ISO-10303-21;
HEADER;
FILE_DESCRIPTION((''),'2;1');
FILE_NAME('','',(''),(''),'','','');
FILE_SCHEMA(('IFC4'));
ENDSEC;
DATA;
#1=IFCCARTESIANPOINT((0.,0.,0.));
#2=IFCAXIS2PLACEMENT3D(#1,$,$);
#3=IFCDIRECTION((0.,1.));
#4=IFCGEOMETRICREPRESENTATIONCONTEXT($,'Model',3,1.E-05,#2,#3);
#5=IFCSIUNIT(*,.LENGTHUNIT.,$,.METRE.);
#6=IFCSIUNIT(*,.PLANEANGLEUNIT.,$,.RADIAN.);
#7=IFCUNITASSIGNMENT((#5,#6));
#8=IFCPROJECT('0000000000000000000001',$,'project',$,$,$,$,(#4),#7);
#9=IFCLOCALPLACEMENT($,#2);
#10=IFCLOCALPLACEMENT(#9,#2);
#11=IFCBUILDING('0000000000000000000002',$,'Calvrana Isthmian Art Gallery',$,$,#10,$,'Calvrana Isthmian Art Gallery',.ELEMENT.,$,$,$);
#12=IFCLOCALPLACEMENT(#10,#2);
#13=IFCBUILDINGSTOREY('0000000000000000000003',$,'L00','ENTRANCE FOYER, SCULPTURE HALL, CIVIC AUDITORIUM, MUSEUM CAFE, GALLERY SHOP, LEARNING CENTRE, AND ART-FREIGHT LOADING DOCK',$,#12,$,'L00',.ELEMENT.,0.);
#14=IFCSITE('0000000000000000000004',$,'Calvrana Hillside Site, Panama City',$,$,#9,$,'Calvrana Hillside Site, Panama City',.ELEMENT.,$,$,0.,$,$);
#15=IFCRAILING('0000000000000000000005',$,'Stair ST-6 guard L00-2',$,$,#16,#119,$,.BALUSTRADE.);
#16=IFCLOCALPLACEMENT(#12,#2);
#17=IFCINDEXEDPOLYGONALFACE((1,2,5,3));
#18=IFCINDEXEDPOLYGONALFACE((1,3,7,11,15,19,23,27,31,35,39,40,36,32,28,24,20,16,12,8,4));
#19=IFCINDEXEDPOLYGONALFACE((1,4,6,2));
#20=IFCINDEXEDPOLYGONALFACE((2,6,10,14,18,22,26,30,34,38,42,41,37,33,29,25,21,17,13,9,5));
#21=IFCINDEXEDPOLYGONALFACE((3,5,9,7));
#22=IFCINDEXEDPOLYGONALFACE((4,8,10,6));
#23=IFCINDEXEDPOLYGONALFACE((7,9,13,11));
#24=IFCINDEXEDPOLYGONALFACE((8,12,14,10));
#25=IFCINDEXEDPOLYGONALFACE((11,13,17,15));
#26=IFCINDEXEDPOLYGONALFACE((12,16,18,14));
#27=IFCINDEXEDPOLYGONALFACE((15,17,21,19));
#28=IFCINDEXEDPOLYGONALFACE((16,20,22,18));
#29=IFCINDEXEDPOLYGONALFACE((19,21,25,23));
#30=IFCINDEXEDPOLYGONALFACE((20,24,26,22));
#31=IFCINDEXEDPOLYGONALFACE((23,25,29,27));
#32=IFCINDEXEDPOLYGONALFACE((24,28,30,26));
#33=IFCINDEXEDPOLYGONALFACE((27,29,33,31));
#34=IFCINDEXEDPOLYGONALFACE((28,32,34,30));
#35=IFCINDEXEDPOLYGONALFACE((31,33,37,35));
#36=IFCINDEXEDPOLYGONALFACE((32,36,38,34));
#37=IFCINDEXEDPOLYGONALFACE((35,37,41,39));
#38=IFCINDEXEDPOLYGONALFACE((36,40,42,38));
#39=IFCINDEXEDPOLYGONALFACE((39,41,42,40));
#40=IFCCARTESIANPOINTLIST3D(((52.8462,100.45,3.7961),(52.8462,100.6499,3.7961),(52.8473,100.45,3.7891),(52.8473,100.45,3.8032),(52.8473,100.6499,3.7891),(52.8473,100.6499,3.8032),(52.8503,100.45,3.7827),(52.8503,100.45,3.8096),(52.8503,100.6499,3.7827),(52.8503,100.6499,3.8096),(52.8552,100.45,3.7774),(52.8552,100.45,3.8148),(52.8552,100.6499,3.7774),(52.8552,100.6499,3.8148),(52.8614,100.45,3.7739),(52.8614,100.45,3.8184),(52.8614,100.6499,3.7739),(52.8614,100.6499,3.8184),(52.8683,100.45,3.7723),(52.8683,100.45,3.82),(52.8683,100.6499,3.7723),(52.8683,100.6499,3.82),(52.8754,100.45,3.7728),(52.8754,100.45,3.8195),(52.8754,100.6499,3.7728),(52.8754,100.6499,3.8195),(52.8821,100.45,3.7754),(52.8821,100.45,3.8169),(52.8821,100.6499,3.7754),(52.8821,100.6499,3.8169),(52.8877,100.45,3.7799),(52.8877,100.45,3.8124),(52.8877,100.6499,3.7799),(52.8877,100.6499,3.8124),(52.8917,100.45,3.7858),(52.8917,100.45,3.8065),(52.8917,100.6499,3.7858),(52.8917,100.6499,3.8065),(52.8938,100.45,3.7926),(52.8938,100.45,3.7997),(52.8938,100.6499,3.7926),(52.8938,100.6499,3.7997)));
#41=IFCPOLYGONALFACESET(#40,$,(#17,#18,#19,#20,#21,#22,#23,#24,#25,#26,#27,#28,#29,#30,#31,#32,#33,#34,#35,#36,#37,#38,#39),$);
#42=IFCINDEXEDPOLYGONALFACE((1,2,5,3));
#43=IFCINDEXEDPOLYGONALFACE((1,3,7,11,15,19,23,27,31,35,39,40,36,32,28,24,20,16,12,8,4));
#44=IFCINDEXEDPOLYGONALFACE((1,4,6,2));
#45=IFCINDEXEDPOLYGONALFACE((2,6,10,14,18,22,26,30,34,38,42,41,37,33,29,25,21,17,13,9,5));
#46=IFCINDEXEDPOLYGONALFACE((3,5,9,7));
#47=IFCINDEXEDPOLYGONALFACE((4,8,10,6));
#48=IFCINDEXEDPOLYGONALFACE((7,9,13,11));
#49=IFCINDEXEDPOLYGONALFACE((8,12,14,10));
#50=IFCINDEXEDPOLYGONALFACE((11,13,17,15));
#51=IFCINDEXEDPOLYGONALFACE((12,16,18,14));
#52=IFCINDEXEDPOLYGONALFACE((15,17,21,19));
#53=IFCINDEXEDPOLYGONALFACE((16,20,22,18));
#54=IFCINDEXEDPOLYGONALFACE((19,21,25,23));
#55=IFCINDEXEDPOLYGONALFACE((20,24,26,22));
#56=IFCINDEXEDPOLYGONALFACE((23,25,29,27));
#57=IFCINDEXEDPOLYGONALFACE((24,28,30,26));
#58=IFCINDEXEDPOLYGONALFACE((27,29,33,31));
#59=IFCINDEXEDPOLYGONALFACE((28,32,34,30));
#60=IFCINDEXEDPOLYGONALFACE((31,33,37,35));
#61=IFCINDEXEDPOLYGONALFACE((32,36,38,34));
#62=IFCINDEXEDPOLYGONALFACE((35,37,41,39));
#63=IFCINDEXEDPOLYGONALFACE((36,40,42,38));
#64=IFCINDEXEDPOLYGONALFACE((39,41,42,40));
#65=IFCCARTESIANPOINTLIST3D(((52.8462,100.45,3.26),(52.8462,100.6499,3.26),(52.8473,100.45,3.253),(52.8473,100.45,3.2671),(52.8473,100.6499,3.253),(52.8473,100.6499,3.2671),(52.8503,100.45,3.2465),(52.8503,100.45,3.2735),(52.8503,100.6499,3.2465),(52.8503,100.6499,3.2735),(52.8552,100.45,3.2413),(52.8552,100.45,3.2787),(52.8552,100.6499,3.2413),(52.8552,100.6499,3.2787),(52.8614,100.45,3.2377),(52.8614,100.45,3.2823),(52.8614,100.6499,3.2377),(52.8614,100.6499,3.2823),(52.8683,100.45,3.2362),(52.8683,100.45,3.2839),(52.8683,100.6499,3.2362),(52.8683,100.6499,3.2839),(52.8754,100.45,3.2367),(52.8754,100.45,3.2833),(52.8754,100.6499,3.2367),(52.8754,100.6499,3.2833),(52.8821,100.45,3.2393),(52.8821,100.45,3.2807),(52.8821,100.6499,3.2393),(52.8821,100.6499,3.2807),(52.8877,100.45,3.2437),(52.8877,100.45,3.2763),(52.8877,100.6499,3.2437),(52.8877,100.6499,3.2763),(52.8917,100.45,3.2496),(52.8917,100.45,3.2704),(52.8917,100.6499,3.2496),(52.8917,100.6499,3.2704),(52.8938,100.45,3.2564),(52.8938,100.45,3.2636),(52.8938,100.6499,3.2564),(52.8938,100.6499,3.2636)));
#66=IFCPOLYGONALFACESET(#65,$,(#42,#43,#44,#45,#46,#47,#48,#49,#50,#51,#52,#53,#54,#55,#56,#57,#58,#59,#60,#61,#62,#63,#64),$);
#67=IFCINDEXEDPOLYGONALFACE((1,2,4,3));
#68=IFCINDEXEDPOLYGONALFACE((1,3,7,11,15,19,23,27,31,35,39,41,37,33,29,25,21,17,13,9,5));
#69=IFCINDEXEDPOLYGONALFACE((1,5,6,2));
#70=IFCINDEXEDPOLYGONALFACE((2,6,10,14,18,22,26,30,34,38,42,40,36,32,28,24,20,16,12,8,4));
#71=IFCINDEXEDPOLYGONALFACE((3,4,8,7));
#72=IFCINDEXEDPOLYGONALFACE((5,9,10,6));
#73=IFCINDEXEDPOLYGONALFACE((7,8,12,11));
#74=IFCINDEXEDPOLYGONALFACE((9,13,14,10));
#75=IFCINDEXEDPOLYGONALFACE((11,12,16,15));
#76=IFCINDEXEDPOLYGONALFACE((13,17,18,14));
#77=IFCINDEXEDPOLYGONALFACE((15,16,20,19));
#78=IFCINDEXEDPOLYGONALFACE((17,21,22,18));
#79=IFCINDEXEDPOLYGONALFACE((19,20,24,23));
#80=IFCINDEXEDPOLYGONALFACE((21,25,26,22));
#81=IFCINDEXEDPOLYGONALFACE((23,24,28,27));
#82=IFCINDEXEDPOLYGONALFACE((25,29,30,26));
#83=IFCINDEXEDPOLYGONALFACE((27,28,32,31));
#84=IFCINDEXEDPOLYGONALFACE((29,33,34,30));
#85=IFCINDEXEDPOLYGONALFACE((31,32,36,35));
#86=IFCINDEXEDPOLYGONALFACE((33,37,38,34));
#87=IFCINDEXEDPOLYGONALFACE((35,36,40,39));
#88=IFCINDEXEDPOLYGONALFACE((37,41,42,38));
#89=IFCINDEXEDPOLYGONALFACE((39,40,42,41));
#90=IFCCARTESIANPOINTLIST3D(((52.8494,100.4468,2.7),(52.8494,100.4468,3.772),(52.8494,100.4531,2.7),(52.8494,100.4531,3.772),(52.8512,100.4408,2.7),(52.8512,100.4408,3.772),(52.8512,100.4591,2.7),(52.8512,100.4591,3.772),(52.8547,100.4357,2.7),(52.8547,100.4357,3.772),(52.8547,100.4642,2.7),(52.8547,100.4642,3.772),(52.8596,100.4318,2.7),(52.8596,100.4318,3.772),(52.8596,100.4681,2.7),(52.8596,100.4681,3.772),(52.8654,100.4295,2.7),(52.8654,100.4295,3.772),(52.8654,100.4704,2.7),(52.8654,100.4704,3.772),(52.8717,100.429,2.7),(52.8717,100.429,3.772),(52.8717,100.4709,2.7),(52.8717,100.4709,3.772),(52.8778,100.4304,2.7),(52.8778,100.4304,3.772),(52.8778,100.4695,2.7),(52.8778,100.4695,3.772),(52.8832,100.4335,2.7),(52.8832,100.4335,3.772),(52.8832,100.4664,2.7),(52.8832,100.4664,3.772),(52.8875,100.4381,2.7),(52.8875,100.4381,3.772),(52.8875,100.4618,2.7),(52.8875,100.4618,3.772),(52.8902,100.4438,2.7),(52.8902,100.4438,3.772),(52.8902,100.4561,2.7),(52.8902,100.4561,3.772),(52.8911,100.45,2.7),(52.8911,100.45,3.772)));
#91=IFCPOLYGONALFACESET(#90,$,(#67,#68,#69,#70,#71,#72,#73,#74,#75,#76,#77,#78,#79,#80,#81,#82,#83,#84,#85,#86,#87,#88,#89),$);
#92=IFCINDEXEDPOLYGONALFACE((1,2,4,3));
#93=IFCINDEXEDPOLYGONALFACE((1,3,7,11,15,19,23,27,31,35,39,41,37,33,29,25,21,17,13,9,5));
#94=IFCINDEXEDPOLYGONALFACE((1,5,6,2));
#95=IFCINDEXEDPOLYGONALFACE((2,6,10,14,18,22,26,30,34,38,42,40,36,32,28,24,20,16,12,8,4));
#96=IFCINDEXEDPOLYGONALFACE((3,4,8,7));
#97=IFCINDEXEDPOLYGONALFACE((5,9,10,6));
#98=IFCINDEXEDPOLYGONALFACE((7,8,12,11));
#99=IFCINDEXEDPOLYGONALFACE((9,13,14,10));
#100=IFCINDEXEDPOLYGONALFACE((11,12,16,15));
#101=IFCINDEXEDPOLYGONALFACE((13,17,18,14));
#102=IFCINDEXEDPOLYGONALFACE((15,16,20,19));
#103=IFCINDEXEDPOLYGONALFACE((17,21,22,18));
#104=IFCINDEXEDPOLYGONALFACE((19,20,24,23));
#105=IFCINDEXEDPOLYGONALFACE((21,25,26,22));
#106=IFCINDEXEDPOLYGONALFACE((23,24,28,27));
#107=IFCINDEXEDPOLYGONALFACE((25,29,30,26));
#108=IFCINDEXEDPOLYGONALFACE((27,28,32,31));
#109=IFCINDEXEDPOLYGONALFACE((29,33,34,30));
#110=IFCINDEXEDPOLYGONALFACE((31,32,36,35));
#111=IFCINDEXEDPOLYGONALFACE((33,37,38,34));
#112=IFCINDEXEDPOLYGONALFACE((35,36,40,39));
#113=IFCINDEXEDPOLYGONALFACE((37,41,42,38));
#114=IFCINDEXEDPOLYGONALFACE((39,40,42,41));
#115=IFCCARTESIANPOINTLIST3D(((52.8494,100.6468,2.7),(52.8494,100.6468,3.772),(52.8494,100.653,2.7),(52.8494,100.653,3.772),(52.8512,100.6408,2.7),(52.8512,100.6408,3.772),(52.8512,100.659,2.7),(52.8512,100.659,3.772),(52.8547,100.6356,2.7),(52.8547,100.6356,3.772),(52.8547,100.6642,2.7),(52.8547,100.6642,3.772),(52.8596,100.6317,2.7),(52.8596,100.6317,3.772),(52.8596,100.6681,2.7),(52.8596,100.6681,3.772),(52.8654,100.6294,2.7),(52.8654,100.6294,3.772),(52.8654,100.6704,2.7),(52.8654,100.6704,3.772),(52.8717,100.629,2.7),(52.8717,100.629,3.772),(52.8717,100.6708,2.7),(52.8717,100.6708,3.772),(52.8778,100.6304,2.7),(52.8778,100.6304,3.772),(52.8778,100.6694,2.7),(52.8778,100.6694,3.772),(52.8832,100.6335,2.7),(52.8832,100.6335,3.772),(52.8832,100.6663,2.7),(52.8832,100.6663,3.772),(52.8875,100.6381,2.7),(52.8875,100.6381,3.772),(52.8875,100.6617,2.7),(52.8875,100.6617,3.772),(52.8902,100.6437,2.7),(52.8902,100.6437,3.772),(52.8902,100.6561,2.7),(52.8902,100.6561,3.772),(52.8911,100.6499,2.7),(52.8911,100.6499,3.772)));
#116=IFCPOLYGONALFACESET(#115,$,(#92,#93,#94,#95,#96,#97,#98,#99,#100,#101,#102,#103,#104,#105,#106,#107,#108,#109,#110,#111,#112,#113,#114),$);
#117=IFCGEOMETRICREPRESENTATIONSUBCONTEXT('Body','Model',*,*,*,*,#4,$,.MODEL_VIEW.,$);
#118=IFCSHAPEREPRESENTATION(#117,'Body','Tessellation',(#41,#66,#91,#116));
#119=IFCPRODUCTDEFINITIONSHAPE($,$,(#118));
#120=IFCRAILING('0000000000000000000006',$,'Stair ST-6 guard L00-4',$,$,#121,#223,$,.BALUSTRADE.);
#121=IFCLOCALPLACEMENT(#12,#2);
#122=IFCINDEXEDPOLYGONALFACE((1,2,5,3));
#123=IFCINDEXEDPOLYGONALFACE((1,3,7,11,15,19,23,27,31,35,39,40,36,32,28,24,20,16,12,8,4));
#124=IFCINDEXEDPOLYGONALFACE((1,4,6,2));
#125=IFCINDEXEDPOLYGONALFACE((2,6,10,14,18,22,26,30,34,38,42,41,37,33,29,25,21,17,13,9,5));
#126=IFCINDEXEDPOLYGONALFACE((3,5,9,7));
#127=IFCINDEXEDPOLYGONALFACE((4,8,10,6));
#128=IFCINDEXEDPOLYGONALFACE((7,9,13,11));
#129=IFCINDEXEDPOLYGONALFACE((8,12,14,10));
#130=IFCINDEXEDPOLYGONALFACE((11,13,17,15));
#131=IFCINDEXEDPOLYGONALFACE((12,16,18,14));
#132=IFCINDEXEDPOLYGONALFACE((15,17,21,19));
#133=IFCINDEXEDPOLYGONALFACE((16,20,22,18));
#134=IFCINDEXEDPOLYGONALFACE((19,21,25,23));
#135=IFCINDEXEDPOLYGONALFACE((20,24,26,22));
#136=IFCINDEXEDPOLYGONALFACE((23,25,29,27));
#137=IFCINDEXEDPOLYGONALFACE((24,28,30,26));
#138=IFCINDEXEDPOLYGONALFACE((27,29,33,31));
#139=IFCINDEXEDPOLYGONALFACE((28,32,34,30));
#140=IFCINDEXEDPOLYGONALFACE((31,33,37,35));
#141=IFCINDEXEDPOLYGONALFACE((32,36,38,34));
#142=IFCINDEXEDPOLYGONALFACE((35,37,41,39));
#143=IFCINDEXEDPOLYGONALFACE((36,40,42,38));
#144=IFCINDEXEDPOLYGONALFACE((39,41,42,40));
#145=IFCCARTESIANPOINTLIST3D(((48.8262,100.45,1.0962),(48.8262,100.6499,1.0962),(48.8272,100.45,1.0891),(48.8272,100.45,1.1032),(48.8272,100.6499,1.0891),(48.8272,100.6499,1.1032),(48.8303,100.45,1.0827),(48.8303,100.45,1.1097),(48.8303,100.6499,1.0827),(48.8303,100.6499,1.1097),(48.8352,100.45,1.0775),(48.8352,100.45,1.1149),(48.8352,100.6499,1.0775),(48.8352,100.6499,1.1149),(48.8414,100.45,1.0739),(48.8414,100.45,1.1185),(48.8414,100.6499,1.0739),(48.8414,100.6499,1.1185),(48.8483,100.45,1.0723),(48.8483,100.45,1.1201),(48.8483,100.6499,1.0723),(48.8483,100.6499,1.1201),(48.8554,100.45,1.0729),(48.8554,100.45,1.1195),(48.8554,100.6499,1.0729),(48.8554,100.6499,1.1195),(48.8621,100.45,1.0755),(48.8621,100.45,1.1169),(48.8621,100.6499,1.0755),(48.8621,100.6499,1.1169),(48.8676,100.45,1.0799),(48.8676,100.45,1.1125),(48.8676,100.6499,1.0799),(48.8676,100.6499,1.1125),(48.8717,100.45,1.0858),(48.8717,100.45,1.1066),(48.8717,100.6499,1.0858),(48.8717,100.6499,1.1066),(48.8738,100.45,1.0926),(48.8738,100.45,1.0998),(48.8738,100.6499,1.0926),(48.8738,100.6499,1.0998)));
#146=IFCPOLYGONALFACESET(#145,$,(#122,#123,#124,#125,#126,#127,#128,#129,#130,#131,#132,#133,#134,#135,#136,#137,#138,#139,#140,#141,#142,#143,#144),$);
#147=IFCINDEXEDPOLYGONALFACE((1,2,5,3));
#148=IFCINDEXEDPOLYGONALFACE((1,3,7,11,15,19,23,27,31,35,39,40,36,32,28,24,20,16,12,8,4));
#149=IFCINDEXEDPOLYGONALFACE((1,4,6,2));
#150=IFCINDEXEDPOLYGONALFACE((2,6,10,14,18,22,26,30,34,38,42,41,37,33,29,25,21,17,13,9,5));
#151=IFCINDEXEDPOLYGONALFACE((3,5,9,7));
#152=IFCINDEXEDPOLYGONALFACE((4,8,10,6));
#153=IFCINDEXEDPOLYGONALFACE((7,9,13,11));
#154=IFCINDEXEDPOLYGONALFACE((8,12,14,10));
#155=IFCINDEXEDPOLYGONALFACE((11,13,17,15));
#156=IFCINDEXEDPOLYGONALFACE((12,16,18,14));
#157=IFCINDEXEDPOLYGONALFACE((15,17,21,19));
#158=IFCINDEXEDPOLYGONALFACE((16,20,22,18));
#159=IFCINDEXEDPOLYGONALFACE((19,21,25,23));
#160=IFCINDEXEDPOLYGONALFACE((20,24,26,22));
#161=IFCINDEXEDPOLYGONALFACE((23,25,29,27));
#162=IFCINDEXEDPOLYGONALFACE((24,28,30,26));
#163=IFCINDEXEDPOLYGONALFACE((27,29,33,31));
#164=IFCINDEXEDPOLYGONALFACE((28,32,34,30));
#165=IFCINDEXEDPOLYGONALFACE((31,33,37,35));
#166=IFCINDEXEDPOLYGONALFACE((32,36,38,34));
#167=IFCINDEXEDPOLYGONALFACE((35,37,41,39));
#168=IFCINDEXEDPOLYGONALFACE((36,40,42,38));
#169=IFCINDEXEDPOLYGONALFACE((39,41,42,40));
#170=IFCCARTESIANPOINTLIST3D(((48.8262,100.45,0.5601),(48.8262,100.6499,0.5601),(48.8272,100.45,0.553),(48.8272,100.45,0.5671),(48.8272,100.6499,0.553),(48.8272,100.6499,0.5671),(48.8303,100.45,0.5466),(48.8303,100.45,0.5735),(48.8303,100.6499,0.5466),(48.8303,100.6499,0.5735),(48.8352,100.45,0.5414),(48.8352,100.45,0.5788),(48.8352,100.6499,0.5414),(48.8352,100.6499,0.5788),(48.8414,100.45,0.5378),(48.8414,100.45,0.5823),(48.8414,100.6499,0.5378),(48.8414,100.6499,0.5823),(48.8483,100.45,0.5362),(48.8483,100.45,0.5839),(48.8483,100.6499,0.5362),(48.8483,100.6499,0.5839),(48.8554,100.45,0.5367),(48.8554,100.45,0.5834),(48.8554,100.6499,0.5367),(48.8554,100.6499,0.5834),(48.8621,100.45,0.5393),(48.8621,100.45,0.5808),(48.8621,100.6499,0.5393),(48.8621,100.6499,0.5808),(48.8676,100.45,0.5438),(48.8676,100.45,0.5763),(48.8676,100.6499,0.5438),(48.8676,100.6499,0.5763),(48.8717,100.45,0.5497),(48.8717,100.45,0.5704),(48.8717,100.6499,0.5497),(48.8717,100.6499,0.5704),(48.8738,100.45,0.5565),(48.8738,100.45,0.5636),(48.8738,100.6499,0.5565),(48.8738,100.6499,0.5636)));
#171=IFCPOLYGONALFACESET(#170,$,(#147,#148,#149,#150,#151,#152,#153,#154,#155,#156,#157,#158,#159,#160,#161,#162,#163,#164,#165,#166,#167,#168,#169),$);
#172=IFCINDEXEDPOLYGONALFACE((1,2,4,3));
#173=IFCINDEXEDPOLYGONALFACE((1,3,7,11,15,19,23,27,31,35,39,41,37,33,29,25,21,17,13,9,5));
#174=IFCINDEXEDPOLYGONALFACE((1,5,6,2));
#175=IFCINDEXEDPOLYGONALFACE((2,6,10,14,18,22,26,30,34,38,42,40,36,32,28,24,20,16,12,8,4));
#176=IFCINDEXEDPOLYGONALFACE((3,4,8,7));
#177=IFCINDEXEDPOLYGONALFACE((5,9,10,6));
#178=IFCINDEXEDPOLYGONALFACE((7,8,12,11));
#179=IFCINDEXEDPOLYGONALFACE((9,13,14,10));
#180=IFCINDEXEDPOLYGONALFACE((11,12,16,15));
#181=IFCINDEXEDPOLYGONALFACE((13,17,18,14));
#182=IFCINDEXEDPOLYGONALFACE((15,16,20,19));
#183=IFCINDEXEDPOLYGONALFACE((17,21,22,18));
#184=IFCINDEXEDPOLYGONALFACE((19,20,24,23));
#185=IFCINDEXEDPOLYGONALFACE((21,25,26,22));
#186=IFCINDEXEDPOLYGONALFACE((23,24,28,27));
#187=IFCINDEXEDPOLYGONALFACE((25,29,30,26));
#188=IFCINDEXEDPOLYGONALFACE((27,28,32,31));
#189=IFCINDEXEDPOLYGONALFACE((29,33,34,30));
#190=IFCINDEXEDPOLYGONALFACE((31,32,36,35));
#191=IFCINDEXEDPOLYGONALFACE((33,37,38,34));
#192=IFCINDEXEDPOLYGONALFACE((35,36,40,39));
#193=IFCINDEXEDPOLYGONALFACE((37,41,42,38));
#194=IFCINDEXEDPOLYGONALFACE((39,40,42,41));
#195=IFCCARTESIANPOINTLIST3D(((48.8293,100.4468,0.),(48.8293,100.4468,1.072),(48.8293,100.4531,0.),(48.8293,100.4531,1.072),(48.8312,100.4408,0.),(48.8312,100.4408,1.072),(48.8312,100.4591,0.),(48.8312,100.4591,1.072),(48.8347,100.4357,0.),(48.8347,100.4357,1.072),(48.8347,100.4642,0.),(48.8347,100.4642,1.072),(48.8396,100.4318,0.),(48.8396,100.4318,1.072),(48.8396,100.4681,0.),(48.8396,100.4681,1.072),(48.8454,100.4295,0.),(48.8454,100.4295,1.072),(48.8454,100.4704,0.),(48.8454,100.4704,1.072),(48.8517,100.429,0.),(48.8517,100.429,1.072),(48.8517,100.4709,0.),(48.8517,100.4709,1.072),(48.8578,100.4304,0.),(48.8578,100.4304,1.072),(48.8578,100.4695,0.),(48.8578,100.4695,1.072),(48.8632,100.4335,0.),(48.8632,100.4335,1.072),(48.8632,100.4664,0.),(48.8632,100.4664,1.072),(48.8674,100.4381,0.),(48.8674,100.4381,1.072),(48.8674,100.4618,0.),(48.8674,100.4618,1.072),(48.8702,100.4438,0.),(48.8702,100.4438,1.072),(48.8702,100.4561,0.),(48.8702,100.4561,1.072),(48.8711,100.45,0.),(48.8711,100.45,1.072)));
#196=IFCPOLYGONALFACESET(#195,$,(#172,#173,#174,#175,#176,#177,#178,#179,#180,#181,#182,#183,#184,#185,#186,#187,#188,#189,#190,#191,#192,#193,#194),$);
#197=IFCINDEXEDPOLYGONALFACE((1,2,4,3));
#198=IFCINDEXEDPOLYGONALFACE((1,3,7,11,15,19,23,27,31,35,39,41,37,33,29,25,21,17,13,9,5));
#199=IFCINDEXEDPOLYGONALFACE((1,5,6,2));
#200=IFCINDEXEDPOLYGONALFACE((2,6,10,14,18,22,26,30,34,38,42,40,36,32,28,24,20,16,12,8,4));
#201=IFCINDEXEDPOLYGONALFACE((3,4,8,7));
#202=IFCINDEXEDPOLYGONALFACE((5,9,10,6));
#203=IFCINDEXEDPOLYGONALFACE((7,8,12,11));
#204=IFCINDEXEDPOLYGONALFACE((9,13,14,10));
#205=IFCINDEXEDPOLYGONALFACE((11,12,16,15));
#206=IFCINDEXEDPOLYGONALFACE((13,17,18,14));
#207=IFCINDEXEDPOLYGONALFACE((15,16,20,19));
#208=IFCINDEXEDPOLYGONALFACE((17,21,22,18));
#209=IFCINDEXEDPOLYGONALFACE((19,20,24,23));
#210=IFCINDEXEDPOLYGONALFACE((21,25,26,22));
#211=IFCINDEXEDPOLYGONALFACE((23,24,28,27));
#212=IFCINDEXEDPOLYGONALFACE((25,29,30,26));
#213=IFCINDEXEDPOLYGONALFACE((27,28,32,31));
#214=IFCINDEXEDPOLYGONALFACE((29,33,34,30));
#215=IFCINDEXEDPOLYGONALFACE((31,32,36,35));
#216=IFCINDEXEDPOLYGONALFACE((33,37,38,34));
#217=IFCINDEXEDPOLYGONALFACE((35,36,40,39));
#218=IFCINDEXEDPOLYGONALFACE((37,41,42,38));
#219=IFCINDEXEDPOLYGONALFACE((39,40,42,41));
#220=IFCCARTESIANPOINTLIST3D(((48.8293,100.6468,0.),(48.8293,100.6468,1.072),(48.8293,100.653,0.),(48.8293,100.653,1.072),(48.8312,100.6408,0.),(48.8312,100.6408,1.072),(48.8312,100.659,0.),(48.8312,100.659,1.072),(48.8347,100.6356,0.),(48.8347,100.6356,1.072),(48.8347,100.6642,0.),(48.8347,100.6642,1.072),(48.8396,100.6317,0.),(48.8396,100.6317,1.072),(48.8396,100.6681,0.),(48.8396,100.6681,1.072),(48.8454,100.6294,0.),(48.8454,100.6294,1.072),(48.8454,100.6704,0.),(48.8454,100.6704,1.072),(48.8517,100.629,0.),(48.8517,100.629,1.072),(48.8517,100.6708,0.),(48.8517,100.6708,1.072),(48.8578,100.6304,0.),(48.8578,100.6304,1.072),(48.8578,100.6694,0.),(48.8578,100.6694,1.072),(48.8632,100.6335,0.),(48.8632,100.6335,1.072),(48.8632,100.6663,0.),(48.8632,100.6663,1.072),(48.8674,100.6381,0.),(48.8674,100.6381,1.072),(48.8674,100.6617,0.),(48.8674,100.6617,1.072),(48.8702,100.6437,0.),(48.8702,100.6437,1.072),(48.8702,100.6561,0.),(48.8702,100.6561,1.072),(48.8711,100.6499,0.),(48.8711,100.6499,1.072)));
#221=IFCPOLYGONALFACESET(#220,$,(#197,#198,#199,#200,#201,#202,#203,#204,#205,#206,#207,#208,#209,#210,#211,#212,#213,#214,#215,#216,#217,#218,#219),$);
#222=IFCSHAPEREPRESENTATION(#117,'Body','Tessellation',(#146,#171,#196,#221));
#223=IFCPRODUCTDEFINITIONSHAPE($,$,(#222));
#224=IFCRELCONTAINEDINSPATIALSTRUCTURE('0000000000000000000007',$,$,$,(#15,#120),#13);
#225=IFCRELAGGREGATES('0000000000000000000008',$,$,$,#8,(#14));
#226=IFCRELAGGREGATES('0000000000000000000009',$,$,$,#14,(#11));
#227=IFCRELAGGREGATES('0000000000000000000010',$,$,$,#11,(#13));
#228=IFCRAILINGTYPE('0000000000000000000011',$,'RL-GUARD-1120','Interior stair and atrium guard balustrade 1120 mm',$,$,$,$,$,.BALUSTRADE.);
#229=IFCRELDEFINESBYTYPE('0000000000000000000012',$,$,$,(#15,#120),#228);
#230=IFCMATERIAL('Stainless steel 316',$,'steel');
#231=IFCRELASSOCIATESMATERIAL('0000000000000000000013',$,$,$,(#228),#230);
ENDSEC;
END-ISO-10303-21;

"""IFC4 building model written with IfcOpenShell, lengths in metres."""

from ifc_helpers import new_model, si_unit, direction, frame, origin, origin_2d, place, context, subcontext, project, spatial, circle, extrude, material, type_object, element, save


model = new_model("IFC4")

# Units and contexts
model_context = context("Model", 3, precision=1e-05, world=origin(), true_north=direction((0.0, 1.0)))
body_context = subcontext(model_context, "Body", "Model", "MODEL_VIEW")
ifc_project = project(units=[si_unit("LENGTHUNIT", "METRE"), si_unit("PLANEANGLEUNIT", "RADIAN")], contexts=[model_context])

# Site, building, storey
site_placement = place(None, origin())
site = spatial("IfcSite", under=ifc_project, at=site_placement, Name="Calvrana Hillside Site, Panama City", LongName="Calvrana Hillside Site, Panama City", CompositionType="ELEMENT", RefElevation=0.0)
building_placement = place(site_placement, origin())
building = spatial("IfcBuilding", under=site, at=building_placement, Name="Calvrana Isthmian Art Gallery", LongName="Calvrana Isthmian Art Gallery", CompositionType="ELEMENT")
storey_placement = place(building_placement, origin())
storey = spatial("IfcBuildingStorey", under=building, at=storey_placement, Name="L00", Description="ENTRANCE FOYER, SCULPTURE HALL, CIVIC AUDITORIUM, MUSEUM CAFE, GALLERY SHOP, LEARNING CENTRE, AND ART-FREIGHT LOADING DOCK", LongName="L00", CompositionType="ELEMENT", Elevation=0.0)

# Railings
ifc_material_1 = material(Name="Stainless steel 316", Category="steel")
railing_type_1 = type_object("IfcRailingType", Name="RL-GUARD-1120", Description="Interior stair and atrium guard balustrade 1120 mm", PredefinedType="BALUSTRADE", material=ifc_material_1)
for number, where, name in (
    (1, (52.8701, 100.45, 2.7), "Stair ST-6 guard L00-2"),
    (2, (48.8501, 100.45, 0.0), "Stair ST-6 guard L00-4"),
):
    element("IfcRailing", number, at=place(storey_placement, frame(where)), inside=storey, type_object=railing_type_1, Name=name, PredefinedType="BALUSTRADE", context=body_context, shape_type="SweptSolid", body=[
        extrude(circle(Radius=0.0239, at=origin_2d()), frame((0.0, 0.0, 1.0962), z_axis=(0.0, 1.0, 0.0), x_axis=(-1.0, 0.0, 0.0)), (0.0, 0.0, 1.0), 0.2),
        extrude(circle(Radius=0.0239, at=origin_2d()), frame((0.0, 0.0, 0.5601), z_axis=(0.0, 1.0, 0.0), x_axis=(-1.0, 0.0, 0.0)), (0.0, 0.0, 1.0), 0.2),
        extrude(circle(Radius=0.021, at=origin_2d()), origin(), (0.0, 0.0, 1.0), 1.072),
        extrude(circle(Radius=0.021, at=origin_2d()), frame((0.0, 0.2, 0.0)), (0.0, 0.0, 1.0), 1.072),
    ])

save(model, "model.ifc")
